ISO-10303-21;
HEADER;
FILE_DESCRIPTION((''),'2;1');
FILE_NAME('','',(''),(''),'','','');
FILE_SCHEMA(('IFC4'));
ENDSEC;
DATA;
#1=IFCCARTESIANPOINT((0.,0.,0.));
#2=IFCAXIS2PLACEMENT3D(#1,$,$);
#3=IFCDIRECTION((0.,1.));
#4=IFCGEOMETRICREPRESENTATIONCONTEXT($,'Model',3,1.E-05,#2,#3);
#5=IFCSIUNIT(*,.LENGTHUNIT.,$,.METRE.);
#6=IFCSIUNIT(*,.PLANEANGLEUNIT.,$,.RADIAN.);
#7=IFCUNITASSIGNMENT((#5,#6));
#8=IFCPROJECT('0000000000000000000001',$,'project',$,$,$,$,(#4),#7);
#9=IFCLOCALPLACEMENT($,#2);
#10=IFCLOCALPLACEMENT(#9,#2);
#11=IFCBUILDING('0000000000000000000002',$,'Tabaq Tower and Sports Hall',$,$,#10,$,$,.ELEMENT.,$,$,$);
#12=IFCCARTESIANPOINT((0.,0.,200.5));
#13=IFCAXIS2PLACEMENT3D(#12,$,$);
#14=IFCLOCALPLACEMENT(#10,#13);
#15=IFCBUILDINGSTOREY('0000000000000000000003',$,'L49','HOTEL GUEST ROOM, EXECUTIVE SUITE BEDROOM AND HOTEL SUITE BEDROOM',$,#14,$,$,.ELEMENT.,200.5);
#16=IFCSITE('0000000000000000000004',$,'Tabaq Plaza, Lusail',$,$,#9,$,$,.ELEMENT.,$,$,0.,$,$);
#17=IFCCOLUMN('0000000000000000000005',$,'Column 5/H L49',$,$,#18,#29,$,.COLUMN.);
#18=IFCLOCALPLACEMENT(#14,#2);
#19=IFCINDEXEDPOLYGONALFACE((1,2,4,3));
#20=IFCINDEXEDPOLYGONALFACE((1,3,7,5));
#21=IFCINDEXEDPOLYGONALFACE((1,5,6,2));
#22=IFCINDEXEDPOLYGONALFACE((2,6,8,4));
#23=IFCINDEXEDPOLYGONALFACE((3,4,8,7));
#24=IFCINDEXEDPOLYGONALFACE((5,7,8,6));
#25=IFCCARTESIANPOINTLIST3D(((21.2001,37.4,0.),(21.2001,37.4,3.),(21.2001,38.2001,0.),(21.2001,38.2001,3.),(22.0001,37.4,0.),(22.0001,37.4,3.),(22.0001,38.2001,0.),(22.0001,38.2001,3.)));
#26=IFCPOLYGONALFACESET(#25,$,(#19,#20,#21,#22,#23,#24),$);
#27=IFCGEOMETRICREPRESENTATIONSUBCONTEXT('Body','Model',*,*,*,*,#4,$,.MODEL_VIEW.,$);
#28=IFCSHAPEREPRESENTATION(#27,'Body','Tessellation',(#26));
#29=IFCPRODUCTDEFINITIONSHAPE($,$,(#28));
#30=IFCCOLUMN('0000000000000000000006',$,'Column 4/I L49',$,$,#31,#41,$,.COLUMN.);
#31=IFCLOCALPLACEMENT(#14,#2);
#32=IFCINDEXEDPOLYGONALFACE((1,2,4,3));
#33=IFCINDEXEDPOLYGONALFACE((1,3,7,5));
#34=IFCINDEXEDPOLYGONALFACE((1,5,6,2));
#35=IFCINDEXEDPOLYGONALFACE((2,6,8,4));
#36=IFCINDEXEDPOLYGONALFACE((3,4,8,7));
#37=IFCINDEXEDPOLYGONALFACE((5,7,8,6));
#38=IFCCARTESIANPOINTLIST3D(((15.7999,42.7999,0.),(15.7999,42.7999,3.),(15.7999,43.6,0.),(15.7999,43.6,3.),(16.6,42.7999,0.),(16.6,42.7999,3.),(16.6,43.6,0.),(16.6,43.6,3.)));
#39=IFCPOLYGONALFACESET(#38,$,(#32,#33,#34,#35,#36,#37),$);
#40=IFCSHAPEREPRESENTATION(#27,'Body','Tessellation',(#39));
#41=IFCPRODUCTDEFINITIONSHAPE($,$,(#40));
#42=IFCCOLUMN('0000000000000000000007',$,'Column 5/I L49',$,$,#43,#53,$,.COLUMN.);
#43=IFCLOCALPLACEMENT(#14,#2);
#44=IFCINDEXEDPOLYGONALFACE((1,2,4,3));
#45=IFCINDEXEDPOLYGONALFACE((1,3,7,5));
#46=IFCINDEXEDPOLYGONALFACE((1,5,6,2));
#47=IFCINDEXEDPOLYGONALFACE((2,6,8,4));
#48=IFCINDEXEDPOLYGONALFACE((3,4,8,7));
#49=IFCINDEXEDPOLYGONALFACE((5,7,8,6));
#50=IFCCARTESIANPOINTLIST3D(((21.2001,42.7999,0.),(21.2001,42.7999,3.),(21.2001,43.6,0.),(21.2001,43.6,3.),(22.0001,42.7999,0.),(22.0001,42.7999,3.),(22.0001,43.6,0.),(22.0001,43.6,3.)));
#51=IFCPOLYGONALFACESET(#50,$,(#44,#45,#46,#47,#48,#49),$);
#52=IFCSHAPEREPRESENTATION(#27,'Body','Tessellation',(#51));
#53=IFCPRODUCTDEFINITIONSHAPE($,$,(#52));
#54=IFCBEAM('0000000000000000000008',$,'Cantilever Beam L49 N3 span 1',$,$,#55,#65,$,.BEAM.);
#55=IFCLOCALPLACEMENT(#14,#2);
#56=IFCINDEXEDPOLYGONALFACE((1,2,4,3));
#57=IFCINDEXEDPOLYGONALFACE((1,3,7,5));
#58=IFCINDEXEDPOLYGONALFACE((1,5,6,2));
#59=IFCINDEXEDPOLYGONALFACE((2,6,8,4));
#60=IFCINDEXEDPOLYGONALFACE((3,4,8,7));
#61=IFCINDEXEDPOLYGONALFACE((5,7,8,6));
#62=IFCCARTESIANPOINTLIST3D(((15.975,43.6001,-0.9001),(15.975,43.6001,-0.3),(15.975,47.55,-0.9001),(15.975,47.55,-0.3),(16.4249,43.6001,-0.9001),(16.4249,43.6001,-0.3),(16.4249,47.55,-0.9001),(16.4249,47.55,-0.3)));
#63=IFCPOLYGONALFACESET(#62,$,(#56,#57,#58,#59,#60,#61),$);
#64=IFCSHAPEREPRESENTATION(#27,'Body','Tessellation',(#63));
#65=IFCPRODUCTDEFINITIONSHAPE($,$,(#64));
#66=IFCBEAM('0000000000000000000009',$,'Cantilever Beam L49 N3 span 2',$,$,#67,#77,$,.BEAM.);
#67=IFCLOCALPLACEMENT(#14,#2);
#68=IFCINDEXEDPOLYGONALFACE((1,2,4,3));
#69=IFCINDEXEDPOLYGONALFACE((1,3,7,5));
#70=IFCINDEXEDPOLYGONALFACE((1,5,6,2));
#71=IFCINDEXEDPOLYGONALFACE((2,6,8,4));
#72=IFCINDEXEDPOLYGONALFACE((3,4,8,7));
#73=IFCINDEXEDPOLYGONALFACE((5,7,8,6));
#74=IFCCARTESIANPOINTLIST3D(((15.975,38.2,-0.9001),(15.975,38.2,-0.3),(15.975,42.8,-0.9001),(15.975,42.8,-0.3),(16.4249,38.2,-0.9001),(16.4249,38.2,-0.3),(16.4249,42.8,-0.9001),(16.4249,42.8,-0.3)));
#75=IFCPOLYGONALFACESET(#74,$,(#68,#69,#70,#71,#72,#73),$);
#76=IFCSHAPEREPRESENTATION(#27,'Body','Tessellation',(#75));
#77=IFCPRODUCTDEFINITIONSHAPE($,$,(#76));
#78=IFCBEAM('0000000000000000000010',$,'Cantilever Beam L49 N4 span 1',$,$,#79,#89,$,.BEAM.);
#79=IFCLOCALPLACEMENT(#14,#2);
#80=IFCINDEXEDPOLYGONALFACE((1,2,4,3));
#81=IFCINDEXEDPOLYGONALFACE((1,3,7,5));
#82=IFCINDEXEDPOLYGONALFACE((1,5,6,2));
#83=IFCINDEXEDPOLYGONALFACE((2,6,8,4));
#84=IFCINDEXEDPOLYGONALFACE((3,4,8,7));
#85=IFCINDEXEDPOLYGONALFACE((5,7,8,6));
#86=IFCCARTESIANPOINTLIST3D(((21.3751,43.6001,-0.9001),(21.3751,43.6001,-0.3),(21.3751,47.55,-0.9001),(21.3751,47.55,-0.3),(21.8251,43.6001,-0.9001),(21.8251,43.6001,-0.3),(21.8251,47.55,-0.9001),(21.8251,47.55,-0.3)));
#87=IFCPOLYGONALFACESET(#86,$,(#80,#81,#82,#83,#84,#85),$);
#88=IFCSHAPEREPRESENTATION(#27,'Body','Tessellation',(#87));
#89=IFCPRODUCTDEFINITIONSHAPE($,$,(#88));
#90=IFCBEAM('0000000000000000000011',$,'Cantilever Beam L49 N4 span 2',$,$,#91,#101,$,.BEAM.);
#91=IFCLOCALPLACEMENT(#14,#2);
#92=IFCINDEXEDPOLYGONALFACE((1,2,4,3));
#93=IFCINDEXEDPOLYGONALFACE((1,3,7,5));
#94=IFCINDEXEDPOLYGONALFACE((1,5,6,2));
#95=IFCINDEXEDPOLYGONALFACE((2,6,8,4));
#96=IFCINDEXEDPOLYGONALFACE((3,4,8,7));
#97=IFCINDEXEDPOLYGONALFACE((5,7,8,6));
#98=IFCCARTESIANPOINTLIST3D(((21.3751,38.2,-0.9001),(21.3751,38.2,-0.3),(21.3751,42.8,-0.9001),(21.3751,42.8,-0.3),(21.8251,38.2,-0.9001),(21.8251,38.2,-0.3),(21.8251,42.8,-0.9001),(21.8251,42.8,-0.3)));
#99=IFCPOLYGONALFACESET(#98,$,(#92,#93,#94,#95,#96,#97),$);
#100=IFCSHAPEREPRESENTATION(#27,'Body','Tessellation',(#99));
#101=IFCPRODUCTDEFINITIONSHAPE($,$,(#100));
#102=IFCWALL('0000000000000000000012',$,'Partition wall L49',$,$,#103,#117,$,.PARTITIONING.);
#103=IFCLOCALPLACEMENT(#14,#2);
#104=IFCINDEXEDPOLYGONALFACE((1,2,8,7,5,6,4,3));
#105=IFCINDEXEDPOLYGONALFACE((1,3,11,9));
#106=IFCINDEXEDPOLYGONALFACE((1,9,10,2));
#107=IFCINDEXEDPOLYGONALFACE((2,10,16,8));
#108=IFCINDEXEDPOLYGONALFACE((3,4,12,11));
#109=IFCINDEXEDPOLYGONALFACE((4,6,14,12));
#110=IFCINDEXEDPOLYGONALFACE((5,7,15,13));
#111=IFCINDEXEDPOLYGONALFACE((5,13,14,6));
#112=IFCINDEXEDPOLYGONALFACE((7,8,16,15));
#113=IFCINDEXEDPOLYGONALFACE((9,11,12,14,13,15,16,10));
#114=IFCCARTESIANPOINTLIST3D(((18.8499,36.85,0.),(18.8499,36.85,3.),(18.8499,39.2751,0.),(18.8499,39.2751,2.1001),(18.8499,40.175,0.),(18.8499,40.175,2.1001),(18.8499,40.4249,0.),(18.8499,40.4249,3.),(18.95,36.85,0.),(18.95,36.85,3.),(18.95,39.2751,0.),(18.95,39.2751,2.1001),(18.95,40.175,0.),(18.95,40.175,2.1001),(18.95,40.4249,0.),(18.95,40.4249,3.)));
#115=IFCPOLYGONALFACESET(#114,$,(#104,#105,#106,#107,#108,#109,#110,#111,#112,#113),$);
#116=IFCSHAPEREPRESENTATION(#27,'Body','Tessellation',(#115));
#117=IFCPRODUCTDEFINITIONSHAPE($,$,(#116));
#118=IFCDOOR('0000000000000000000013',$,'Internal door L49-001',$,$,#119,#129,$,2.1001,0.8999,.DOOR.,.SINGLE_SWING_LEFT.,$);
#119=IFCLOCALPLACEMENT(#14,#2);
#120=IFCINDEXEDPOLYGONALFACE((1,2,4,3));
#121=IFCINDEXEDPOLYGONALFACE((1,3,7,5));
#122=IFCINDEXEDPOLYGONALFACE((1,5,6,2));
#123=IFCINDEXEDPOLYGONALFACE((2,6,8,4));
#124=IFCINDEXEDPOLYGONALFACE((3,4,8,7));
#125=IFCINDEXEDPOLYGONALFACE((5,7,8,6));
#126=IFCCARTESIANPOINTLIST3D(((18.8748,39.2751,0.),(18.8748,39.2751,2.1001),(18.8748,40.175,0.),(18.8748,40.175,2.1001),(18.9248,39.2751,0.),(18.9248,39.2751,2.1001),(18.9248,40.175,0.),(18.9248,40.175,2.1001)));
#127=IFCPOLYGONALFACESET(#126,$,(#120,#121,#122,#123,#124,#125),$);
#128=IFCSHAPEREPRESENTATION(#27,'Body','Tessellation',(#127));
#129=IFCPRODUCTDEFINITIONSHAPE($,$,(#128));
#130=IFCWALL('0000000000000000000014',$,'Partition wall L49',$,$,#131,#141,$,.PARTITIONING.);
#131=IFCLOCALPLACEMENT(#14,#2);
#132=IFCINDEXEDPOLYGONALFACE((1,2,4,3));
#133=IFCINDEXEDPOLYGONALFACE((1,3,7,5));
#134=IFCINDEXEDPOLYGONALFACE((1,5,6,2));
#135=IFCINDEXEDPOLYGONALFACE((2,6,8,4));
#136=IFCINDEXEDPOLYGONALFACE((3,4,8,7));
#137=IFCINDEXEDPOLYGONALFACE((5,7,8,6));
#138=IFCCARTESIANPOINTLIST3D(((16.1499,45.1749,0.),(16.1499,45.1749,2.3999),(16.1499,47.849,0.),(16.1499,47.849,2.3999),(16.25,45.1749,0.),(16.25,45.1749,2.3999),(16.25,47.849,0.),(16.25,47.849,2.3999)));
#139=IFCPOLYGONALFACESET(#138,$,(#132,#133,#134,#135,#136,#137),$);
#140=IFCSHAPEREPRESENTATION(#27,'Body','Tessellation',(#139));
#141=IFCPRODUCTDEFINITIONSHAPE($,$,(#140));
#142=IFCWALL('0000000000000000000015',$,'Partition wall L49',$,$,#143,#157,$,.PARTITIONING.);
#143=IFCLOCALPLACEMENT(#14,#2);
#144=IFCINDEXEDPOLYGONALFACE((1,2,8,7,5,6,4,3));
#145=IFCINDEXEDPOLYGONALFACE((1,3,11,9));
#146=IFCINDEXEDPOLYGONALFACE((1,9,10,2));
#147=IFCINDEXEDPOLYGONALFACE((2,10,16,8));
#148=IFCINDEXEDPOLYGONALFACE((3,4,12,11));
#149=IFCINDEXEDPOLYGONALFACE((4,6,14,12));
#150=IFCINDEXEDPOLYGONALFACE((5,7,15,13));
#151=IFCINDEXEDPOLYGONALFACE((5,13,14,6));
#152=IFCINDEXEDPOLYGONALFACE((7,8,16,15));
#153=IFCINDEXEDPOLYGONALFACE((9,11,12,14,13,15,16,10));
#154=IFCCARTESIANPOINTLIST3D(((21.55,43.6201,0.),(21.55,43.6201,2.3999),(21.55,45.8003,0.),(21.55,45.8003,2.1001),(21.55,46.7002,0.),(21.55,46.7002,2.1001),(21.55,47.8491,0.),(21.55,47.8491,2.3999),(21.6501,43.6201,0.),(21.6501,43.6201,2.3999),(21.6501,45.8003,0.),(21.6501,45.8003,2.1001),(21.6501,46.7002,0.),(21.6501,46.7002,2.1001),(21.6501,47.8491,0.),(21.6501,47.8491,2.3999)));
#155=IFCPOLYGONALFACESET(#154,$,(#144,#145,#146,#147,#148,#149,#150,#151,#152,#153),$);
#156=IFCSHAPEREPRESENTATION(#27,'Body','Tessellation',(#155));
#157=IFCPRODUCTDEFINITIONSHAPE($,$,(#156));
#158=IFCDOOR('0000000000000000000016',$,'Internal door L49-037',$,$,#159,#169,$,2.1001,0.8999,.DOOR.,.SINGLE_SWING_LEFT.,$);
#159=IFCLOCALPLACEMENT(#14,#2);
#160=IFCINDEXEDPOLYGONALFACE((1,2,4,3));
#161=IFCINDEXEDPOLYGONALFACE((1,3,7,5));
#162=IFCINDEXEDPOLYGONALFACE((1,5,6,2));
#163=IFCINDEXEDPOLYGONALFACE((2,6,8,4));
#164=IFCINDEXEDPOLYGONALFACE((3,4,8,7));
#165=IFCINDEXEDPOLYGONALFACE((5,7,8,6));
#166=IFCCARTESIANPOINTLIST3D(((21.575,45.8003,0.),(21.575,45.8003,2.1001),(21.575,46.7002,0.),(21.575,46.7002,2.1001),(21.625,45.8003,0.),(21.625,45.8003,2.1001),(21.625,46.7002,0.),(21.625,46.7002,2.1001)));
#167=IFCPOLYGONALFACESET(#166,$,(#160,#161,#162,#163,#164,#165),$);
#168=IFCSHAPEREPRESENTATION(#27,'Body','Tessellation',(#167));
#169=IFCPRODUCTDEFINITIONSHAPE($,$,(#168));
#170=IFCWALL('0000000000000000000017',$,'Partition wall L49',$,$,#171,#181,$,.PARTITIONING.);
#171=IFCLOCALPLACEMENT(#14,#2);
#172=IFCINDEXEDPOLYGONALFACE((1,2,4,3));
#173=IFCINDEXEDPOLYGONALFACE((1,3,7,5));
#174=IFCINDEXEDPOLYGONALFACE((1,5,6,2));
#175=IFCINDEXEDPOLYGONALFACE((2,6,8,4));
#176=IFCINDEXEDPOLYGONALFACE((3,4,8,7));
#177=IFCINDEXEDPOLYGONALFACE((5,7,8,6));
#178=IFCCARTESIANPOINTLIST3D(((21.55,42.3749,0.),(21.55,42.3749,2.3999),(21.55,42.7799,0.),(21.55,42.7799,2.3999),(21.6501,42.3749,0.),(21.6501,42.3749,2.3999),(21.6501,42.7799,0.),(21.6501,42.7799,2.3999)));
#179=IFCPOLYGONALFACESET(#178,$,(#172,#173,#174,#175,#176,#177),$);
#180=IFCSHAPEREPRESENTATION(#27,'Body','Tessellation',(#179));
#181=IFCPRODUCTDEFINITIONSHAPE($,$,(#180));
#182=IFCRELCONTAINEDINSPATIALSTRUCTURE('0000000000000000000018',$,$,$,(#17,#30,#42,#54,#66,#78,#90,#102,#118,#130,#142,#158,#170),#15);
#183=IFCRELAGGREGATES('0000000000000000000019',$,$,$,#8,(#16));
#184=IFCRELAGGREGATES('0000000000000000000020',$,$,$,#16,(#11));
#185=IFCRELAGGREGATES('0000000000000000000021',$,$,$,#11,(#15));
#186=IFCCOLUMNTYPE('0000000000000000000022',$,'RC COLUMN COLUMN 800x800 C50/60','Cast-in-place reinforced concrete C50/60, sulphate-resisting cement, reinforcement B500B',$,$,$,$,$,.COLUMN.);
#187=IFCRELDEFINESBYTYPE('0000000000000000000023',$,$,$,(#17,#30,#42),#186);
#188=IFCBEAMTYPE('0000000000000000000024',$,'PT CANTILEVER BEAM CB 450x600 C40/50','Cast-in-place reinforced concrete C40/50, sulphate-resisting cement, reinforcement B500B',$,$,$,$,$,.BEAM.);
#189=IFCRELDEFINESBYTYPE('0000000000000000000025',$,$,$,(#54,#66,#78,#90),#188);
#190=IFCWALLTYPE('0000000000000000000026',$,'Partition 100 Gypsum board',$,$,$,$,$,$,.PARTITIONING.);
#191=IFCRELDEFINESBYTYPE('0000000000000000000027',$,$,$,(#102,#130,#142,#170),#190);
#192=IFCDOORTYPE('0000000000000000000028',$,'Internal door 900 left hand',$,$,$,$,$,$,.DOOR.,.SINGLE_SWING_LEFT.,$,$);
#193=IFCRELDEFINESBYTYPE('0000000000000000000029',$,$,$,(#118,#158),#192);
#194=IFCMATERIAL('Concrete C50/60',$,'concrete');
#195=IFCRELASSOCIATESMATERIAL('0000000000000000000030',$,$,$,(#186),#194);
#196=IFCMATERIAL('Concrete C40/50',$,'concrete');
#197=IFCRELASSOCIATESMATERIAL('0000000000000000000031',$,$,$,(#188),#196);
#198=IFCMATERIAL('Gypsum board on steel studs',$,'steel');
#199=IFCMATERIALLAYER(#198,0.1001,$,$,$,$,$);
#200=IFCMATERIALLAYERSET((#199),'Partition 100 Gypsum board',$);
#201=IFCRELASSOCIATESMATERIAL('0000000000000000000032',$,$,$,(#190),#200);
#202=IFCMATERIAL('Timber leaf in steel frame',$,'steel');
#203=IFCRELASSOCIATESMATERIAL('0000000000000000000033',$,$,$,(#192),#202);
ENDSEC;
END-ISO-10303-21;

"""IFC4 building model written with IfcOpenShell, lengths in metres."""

from ifc_helpers import new_model, si_unit, direction, frame, frame_2d, origin, origin_2d, place, context, subcontext, project, spatial, rectangle, extrude, material, layer, layer_set, material_profile, profile_set, type_object, element, fill, save


model = new_model("IFC4")

# Units and contexts
model_context = context("Model", 3, precision=1e-05, world=origin(), true_north=direction((0.0, 1.0)))
body_context = subcontext(model_context, "Body", "Model", "MODEL_VIEW")
ifc_project = project(units=[si_unit("LENGTHUNIT", "METRE"), si_unit("PLANEANGLEUNIT", "RADIAN")], contexts=[model_context])

# Site, building, storey
site_placement = place(None, origin())
site = spatial("IfcSite", under=ifc_project, at=site_placement, Name="Tabaq Plaza, Lusail", CompositionType="ELEMENT", RefElevation=0.0)
building_placement = place(site_placement, origin())
building = spatial("IfcBuilding", under=site, at=building_placement, Name="Tabaq Tower and Sports Hall", CompositionType="ELEMENT")
storey_placement = place(building_placement, frame((0.0, 0.0, 200.5)))
storey = spatial("IfcBuildingStorey", under=building, at=storey_placement, Name="L49", Description="HOTEL GUEST ROOM, EXECUTIVE SUITE BEDROOM AND HOTEL SUITE BEDROOM", CompositionType="ELEMENT", Elevation=200.5)

# Columns
ifc_material_1 = material(Name="Concrete C50/60", Category="concrete")
ifc_material_profile_1 = material_profile(ifc_material_1, rectangle(XDim=0.8, YDim=0.8, at=origin_2d()), Name="COLUMN 800x800")
ifc_profile_set_1 = profile_set([ifc_material_profile_1], Name="Concrete C50/60")
column_type = type_object("IfcColumnType", Name="RC COLUMN COLUMN 800x800 C50/60", Description="Cast-in-place reinforced concrete C50/60, sulphate-resisting cement, reinforcement B500B", PredefinedType="COLUMN", material=ifc_profile_set_1)
for number, where, z_axis, x_axis, name in (
    (1, (21.6001, 37.8, 0.0), (0.0, 0.0, 1.0), (1.0, 0.0, 0.0), "Column 5/H L49"),
    (2, (16.2, 43.2, 0.0), (0.0, 0.0, 1.0), (1.0, 0.0, 0.0), "Column 4/I L49"),
    (3, (21.6001, 43.2, 0.0), (0.0, 0.0, 1.0), (1.0, 0.0, 0.0), "Column 5/I L49"),
):
    element("IfcColumn", number, at=place(storey_placement, frame(where, z_axis=z_axis, x_axis=x_axis)), inside=storey, type_object=column_type, Name=name, PredefinedType="COLUMN", context=body_context, shape_type="SweptSolid", body=[
        extrude(rectangle(XDim=0.8, YDim=0.8, at=origin_2d()), origin(), (0.0, 0.0, 1.0), 3.0),
    ])

# Beams
ifc_material_2 = material(Name="Concrete C40/50", Category="concrete")
ifc_material_profile_2 = material_profile(ifc_material_2, rectangle(XDim=0.45, YDim=0.6001, at=origin_2d()), Name="CB 450x600")
ifc_profile_set_2 = profile_set([ifc_material_profile_2], Name="Concrete C40/50")
beam_type = type_object("IfcBeamType", Name="PT CANTILEVER BEAM CB 450x600 C40/50", Description="Cast-in-place reinforced concrete C40/50, sulphate-resisting cement, reinforcement B500B", PredefinedType="BEAM", material=ifc_profile_set_2)
beam_1_placement = place(storey_placement, frame((16.2, 47.55, -0.6001), z_axis=(0.0, -1.0, 0.0), x_axis=(1.0, 0.0, 0.0)))
element("IfcBeam", 4, at=beam_1_placement, inside=storey, type_object=beam_type, Name="Cantilever Beam L49 N3 span 1", PredefinedType="BEAM", context=body_context, shape_type="SweptSolid", body=[
    extrude(rectangle(XDim=0.45, YDim=0.6001, at=origin_2d()), origin(), (0.0, 0.0, 1.0), 3.95),
])
beam_2_placement = place(storey_placement, frame((16.2, 42.8, -0.6001), z_axis=(0.0, -1.0, 0.0), x_axis=(1.0, 0.0, 0.0)))
element("IfcBeam", 5, at=beam_2_placement, inside=storey, type_object=beam_type, Name="Cantilever Beam L49 N3 span 2", PredefinedType="BEAM", context=body_context, shape_type="SweptSolid", body=[
    extrude(rectangle(XDim=0.45, YDim=0.6001, at=origin_2d()), origin(), (0.0, 0.0, 1.0), 4.6001),
])
beam_3_placement = place(storey_placement, frame((21.6001, 47.55, -0.6001), z_axis=(0.0, -1.0, 0.0), x_axis=(1.0, 0.0, 0.0)))
element("IfcBeam", 6, at=beam_3_placement, inside=storey, type_object=beam_type, Name="Cantilever Beam L49 N4 span 1", PredefinedType="BEAM", context=body_context, shape_type="SweptSolid", body=[
    extrude(rectangle(XDim=0.45, YDim=0.6001, at=origin_2d()), origin(), (0.0, 0.0, 1.0), 3.95),
])
beam_4_placement = place(storey_placement, frame((21.6001, 42.8, -0.6001), z_axis=(0.0, -1.0, 0.0), x_axis=(1.0, 0.0, 0.0)))
element("IfcBeam", 7, at=beam_4_placement, inside=storey, type_object=beam_type, Name="Cantilever Beam L49 N4 span 2", PredefinedType="BEAM", context=body_context, shape_type="SweptSolid", body=[
    extrude(rectangle(XDim=0.45, YDim=0.6001, at=origin_2d()), origin(), (0.0, 0.0, 1.0), 4.6001),
])

# Wall, opening, door
ifc_material_3 = material(Name="Gypsum board on steel studs", Category="steel")
ifc_layer_1 = layer(ifc_material_3, 0.1001)
ifc_layer_set_1 = layer_set([ifc_layer_1], Name="Partition 100 Gypsum board")
wall_type_1 = type_object("IfcWallType", Name="Partition 100 Gypsum board", PredefinedType="PARTITIONING", material=ifc_layer_set_1)
wall_1_placement = place(storey_placement, frame((18.8999, 40.425, 0.0), z_axis=(0.0, 0.0, 1.0), x_axis=(0.0, -1.0, 0.0)))
wall_1 = element("IfcWall", 8, at=wall_1_placement, inside=storey, type_object=wall_type_1, Name="Partition wall L49", PredefinedType="PARTITIONING", context=body_context, shape_type="SweptSolid", body=[
    extrude(rectangle(XDim=3.575, YDim=0.1001, at=frame_2d((1.7876, 0.0))), origin(), (0.0, 0.0, 1.0), 3.0),
])
opening_1_placement = place(wall_1_placement, frame((0.25, 0.0, 0.0)))
opening_1 = element("IfcOpeningElement", 9, at=opening_1_placement, cuts=wall_1, PredefinedType="OPENING", context=body_context, shape_type="SweptSolid", body=[
    extrude(rectangle(XDim=0.8999, YDim=2.1001, at=frame_2d((0.45, 1.05))), frame((0.0, 0.05, 0.0), z_axis=(0.0, -1.0, 0.0), x_axis=(1.0, 0.0, 0.0)), (0.0, 0.0, 1.0), 0.1001),
])
ifc_material_4 = material(Name="Timber leaf in steel frame", Category="steel")
door_type_1 = type_object("IfcDoorType", Name="Internal door 900 left hand", OperationType="SINGLE_SWING_LEFT", PredefinedType="DOOR", material=ifc_material_4)
door_1_placement = place(opening_1_placement, origin())
door_1 = element("IfcDoor", 10, at=door_1_placement, inside=storey, type_object=door_type_1, Name="Internal door L49-001", OperationType="SINGLE_SWING_LEFT", OverallHeight=2.1001, OverallWidth=0.8999, PredefinedType="DOOR", context=body_context, shape_type="SweptSolid", body=[
    extrude(rectangle(XDim=0.8999, YDim=2.1001, at=frame_2d((0.45, 1.05))), frame((0.0, 0.0249, 0.0), z_axis=(0.0, -1.0, 0.0), x_axis=(1.0, 0.0, 0.0)), (0.0, 0.0, 1.0), 0.05),
])
fill(opening_1, door_1)

# Wall
wall_2_placement = place(storey_placement, frame((16.2, 45.175, 0.0), z_axis=(0.0, 0.0, 1.0), x_axis=(0.0, 1.0, 0.0)))
element("IfcWall", 11, at=wall_2_placement, inside=storey, type_object=wall_type_1, Name="Partition wall L49", PredefinedType="PARTITIONING", context=body_context, shape_type="SweptSolid", body=[
    extrude(rectangle(XDim=2.6741, YDim=0.1001, at=frame_2d((1.3369, 0.0))), origin(), (0.0, 0.0, 1.0), 2.3999),
])

# Wall, opening, door
wall_3_placement = place(storey_placement, frame((21.6001, 47.8491, 0.0), z_axis=(0.0, 0.0, 1.0), x_axis=(0.0, -1.0, 0.0)))
wall_3 = element("IfcWall", 12, at=wall_3_placement, inside=storey, type_object=wall_type_1, Name="Partition wall L49", PredefinedType="PARTITIONING", context=body_context, shape_type="SweptSolid", body=[
    extrude(rectangle(XDim=4.229, YDim=0.1001, at=frame_2d((2.1145, 0.0))), origin(), (0.0, 0.0, 1.0), 2.3999),
])
opening_2_placement = place(wall_3_placement, frame((1.1489, 0.0, 0.0)))
opening_2 = element("IfcOpeningElement", 13, at=opening_2_placement, cuts=wall_3, PredefinedType="OPENING", context=body_context, shape_type="SweptSolid", body=[
    extrude(rectangle(XDim=0.8999, YDim=2.1001, at=frame_2d((0.45, 1.05))), frame((0.0, 0.05, 0.0), z_axis=(0.0, -1.0, 0.0), x_axis=(1.0, 0.0, 0.0)), (0.0, 0.0, 1.0), 0.1001),
])
door_2_placement = place(opening_2_placement, origin())
door_2 = element("IfcDoor", 14, at=door_2_placement, inside=storey, type_object=door_type_1, Name="Internal door L49-037", OperationType="SINGLE_SWING_LEFT", OverallHeight=2.1001, OverallWidth=0.8999, PredefinedType="DOOR", context=body_context, shape_type="SweptSolid", body=[
    extrude(rectangle(XDim=0.8999, YDim=2.1001, at=frame_2d((0.45, 1.05))), frame((0.0, 0.0249, 0.0), z_axis=(0.0, -1.0, 0.0), x_axis=(1.0, 0.0, 0.0)), (0.0, 0.0, 1.0), 0.05),
])
fill(opening_2, door_2)

# Wall
wall_4_placement = place(storey_placement, frame((21.6001, 42.78, 0.0), z_axis=(0.0, 0.0, 1.0), x_axis=(0.0, -1.0, 0.0)))
element("IfcWall", 15, at=wall_4_placement, inside=storey, type_object=wall_type_1, Name="Partition wall L49", PredefinedType="PARTITIONING", context=body_context, shape_type="SweptSolid", body=[
    extrude(rectangle(XDim=0.405, YDim=0.1001, at=frame_2d((0.2026, 0.0))), origin(), (0.0, 0.0, 1.0), 2.3999),
])

save(model, "model.ifc")
